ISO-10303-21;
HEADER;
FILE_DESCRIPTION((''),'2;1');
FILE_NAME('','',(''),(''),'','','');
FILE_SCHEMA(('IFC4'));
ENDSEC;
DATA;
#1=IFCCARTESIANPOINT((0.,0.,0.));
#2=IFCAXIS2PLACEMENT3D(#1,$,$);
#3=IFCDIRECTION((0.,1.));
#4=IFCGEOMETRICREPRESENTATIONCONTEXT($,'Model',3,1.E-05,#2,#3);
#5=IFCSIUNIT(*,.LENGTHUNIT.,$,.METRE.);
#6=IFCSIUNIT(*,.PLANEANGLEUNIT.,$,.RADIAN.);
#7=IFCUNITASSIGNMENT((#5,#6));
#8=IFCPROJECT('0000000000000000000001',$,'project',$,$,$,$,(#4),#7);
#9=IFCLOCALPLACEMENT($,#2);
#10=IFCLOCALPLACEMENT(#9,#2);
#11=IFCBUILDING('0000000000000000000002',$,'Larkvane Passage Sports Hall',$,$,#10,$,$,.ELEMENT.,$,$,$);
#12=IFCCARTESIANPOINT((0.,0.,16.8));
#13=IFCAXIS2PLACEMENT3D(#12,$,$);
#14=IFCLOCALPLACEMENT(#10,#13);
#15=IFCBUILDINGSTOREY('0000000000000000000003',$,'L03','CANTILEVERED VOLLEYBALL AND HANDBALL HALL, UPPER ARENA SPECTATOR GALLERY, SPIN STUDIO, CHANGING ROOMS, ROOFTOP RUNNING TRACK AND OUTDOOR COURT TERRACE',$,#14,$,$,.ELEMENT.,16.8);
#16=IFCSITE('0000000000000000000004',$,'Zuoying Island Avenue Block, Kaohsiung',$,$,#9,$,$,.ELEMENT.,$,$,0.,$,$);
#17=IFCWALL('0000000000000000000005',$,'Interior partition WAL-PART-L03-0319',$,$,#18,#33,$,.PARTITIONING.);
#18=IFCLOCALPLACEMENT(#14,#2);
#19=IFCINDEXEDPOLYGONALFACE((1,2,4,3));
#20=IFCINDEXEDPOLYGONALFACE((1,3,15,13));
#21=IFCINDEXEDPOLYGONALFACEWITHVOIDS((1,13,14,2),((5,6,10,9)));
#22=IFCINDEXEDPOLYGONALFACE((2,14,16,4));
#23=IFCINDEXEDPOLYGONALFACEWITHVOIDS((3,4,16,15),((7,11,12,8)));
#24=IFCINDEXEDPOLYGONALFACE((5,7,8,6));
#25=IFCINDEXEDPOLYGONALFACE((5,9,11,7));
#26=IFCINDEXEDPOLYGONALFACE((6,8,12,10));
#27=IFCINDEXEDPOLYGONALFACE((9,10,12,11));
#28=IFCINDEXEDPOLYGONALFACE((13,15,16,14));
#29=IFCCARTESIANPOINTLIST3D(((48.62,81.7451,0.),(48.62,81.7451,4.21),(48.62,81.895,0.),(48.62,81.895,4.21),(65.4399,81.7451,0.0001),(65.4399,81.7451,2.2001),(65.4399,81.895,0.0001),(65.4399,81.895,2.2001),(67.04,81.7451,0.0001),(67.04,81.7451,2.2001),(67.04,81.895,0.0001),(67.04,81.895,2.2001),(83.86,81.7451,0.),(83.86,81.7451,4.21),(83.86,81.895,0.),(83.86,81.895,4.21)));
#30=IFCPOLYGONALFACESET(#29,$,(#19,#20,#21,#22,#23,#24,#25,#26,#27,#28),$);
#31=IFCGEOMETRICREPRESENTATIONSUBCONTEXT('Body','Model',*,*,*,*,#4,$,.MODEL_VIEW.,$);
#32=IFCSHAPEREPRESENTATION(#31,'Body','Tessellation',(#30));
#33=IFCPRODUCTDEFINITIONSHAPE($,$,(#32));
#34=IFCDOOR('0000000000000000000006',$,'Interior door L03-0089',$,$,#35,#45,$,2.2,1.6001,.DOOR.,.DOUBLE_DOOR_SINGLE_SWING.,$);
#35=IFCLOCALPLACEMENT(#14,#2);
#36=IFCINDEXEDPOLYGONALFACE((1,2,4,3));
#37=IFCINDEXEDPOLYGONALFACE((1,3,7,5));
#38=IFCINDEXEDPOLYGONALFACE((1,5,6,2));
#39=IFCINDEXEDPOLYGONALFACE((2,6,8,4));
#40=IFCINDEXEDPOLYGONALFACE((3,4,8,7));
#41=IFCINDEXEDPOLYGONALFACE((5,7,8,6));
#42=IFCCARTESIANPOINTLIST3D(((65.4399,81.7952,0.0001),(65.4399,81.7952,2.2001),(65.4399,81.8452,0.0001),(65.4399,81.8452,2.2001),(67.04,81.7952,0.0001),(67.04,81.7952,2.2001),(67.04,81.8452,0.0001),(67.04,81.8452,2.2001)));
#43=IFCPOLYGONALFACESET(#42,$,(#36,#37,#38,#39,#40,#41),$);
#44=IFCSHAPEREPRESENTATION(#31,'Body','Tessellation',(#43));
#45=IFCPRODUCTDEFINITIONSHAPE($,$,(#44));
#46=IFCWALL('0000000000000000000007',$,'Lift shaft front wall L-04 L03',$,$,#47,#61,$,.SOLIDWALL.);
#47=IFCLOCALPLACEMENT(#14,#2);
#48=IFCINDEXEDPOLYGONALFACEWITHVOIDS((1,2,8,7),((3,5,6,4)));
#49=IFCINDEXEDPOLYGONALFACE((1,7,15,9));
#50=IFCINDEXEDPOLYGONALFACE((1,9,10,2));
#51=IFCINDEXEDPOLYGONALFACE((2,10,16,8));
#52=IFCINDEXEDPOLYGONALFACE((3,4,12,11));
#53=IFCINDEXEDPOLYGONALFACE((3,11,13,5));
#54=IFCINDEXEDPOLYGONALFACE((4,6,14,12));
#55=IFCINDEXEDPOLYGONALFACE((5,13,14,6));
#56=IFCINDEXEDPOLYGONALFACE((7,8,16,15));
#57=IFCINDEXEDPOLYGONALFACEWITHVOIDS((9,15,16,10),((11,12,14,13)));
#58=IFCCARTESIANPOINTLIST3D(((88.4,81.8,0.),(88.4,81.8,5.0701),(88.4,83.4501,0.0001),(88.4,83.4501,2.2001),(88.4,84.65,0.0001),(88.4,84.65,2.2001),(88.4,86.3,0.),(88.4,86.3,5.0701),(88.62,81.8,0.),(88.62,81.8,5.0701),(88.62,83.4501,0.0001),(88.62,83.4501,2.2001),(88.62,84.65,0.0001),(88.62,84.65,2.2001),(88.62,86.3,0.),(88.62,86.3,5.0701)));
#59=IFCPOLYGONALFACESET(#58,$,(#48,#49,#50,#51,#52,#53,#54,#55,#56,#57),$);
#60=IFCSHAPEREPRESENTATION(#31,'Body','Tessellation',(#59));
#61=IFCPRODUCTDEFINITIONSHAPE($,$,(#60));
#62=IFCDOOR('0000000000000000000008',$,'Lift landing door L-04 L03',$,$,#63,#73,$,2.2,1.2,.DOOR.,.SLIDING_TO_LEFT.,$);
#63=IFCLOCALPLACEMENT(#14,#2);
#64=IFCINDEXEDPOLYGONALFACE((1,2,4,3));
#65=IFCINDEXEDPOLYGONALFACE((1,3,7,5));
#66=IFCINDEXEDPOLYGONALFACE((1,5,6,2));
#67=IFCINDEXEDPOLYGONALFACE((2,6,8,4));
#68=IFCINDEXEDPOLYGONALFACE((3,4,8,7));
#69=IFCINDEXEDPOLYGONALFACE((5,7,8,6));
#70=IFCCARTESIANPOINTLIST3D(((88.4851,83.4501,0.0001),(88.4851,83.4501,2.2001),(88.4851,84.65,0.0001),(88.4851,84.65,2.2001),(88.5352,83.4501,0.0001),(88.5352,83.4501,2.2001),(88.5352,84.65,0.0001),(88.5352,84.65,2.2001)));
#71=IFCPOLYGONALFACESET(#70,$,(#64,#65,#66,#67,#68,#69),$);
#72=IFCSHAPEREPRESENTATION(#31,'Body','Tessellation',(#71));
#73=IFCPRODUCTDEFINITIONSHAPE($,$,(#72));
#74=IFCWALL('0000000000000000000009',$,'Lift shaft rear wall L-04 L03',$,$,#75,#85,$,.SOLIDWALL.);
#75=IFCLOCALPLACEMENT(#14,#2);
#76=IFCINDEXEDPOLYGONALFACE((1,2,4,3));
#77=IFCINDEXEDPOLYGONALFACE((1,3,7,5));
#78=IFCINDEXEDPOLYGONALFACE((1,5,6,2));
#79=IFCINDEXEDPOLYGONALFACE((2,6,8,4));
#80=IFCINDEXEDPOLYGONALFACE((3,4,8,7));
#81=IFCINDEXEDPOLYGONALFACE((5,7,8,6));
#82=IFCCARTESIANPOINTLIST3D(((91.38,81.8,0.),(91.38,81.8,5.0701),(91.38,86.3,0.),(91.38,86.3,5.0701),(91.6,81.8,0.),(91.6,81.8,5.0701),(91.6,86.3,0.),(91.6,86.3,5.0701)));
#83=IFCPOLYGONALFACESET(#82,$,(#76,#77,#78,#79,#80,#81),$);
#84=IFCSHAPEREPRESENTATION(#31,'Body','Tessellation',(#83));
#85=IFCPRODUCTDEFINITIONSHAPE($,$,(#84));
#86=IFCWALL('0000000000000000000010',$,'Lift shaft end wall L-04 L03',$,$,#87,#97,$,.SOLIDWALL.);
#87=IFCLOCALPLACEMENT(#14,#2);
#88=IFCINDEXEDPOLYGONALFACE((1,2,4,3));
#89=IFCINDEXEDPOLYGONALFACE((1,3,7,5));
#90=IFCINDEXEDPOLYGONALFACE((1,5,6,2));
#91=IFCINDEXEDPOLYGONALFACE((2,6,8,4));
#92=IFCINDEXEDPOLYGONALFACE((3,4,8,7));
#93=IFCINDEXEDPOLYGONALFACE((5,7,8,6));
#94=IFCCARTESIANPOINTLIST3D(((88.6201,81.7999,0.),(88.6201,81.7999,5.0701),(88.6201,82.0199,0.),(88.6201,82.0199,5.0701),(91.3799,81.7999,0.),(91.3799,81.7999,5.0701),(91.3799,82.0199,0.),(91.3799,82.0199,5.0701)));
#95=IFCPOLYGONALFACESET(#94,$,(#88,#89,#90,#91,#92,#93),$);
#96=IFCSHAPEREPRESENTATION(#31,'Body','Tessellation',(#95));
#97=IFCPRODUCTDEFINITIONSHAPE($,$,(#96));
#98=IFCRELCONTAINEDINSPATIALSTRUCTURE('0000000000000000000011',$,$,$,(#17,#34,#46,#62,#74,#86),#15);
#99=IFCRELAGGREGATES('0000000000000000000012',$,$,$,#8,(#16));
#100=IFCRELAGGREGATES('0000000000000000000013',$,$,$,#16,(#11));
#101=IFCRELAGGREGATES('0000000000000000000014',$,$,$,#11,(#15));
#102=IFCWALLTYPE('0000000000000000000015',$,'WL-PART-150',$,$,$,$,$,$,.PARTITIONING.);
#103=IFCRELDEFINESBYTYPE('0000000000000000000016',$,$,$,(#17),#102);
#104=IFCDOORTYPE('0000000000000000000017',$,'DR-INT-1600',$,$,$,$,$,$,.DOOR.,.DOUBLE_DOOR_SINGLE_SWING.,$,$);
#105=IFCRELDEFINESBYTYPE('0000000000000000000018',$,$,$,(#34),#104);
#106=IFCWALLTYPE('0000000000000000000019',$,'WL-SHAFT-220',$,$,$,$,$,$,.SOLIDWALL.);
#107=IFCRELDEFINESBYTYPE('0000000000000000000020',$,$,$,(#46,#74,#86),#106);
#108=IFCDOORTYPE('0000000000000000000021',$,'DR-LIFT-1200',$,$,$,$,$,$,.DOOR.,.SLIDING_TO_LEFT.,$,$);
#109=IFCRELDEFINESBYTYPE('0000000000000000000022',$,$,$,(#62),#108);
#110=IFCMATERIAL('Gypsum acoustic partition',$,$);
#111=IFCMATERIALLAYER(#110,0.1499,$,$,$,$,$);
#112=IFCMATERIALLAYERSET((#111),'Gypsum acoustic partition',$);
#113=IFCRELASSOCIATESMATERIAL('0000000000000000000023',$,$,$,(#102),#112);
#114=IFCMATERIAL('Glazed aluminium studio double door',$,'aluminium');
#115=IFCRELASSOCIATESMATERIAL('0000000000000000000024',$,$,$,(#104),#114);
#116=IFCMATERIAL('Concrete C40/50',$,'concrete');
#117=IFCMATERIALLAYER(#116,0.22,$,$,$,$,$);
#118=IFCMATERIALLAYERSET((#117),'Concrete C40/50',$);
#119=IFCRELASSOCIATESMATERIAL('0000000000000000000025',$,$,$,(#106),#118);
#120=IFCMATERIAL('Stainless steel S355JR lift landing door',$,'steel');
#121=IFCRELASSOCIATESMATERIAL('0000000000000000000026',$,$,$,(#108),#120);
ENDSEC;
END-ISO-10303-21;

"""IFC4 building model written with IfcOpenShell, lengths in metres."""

from ifc_helpers import new_model, si_unit, direction, frame, frame_2d, origin, place, context, subcontext, project, spatial, rectangle, extrude, material, layer, layer_set, type_object, element, fill, save


model = new_model("IFC4")

# Units and contexts
model_context = context("Model", 3, precision=1e-05, world=origin(), true_north=direction((0.0, 1.0)))
body_context = subcontext(model_context, "Body", "Model", "MODEL_VIEW")
ifc_project = project(units=[si_unit("LENGTHUNIT", "METRE"), si_unit("PLANEANGLEUNIT", "RADIAN")], contexts=[model_context])

# Site, building, storey
site_placement = place(None, origin())
site = spatial("IfcSite", under=ifc_project, at=site_placement, Name="Zuoying Island Avenue Block, Kaohsiung", CompositionType="ELEMENT", RefElevation=0.0)
building_placement = place(site_placement, origin())
building = spatial("IfcBuilding", under=site, at=building_placement, Name="Larkvane Passage Sports Hall", CompositionType="ELEMENT")
storey_placement = place(building_placement, frame((0.0, 0.0, 16.8)))
storey = spatial("IfcBuildingStorey", under=building, at=storey_placement, Name="L03", Description="CANTILEVERED VOLLEYBALL AND HANDBALL HALL, UPPER ARENA SPECTATOR GALLERY, SPIN STUDIO, CHANGING ROOMS, ROOFTOP RUNNING TRACK AND OUTDOOR COURT TERRACE", CompositionType="ELEMENT", Elevation=16.8)

# Shared definitions
ifc_material_1 = material(Name="Concrete C40/50", Category="concrete")

# Walls, openings, doors
ifc_material_2 = material(Name="Gypsum acoustic partition")
ifc_layer_1 = layer(ifc_material_2, 0.1499)
ifc_layer_set_1 = layer_set([ifc_layer_1], Name="Gypsum acoustic partition")
wall_type_1 = type_object("IfcWallType", Name="WL-PART-150", PredefinedType="PARTITIONING", material=ifc_layer_set_1)
wall_1_placement = place(storey_placement, frame((83.8601, 81.8201, 0.0), z_axis=(0.0, 0.0, 1.0), x_axis=(-1.0, 0.0, 0.0)))
wall_1 = element("IfcWall", 1, at=wall_1_placement, inside=storey, type_object=wall_type_1, Name="Interior partition WAL-PART-L03-0319", PredefinedType="PARTITIONING", context=body_context, shape_type="SweptSolid", body=[
    extrude(rectangle(XDim=35.24, YDim=0.1499, at=frame_2d((17.6201, 0.0))), origin(), (0.0, 0.0, 1.0), 4.21),
])
opening_1_placement = place(wall_1_placement, frame((16.8201, 0.0, 0.0)))
opening_1 = element("IfcOpeningElement", 2, at=opening_1_placement, cuts=wall_1, PredefinedType="OPENING", context=body_context, shape_type="SweptSolid", body=[
    extrude(rectangle(XDim=1.6001, YDim=2.2, at=frame_2d((0.8, 1.1001))), frame((0.0, 0.085, 0.0), z_axis=(0.0, -1.0, 0.0), x_axis=(1.0, 0.0, 0.0)), (0.0, 0.0, 1.0), 0.1699),
])
ifc_material_3 = material(Name="Glazed aluminium studio double door", Category="aluminium")
door_type_1 = type_object("IfcDoorType", Name="DR-INT-1600", OperationType="DOUBLE_DOOR_SINGLE_SWING", PredefinedType="DOOR", material=ifc_material_3)
door_1_placement = place(opening_1_placement, origin())
door_1 = element("IfcDoor", 3, at=door_1_placement, inside=storey, type_object=door_type_1, Name="Interior door L03-0089", OperationType="DOUBLE_DOOR_SINGLE_SWING", OverallHeight=2.2, OverallWidth=1.6001, PredefinedType="DOOR", context=body_context, shape_type="SweptSolid", body=[
    extrude(rectangle(XDim=1.6001, YDim=2.2, at=frame_2d((0.8, 1.1001))), frame((0.0, 0.0249, 0.0), z_axis=(0.0, -1.0, 0.0), x_axis=(1.0, 0.0, 0.0)), (0.0, 0.0, 1.0), 0.05),
])
fill(opening_1, door_1)
ifc_layer_2 = layer(ifc_material_1, 0.22)
ifc_layer_set_2 = layer_set([ifc_layer_2], Name="Concrete C40/50")
wall_type_2 = type_object("IfcWallType", Name="WL-SHAFT-220", PredefinedType="SOLIDWALL", material=ifc_layer_set_2)
wall_2_placement = place(storey_placement, frame((88.51, 81.8, 0.0), z_axis=(0.0, 0.0, 1.0), x_axis=(0.0, 1.0, 0.0)))
wall_2 = element("IfcWall", 4, at=wall_2_placement, inside=storey, type_object=wall_type_2, Name="Lift shaft front wall L-04 L03", PredefinedType="SOLIDWALL", context=body_context, shape_type="SweptSolid", body=[
    extrude(rectangle(XDim=4.5, YDim=0.22, at=frame_2d((2.25, 0.0))), origin(), (0.0, 0.0, 1.0), 5.0701),
])
opening_2_placement = place(wall_2_placement, frame((1.6499, 0.0, 0.0)))
opening_2 = element("IfcOpeningElement", 5, at=opening_2_placement, cuts=wall_2, PredefinedType="OPENING", context=body_context, shape_type="SweptSolid", body=[
    extrude(rectangle(XDim=1.2, YDim=2.2, at=frame_2d((0.6001, 1.1001))), frame((0.0, 0.1199, 0.0), z_axis=(0.0, -1.0, 0.0), x_axis=(1.0, 0.0, 0.0)), (0.0, 0.0, 1.0), 0.24),
])
ifc_material_4 = material(Name="Stainless steel S355JR lift landing door", Category="steel")
door_type_2 = type_object("IfcDoorType", Name="DR-LIFT-1200", OperationType="SLIDING_TO_LEFT", PredefinedType="DOOR", material=ifc_material_4)
door_2_placement = place(opening_2_placement, origin())
door_2 = element("IfcDoor", 6, at=door_2_placement, inside=storey, type_object=door_type_2, Name="Lift landing door L-04 L03", OperationType="SLIDING_TO_LEFT", OverallHeight=2.2, OverallWidth=1.2, PredefinedType="DOOR", context=body_context, shape_type="SweptSolid", body=[
    extrude(rectangle(XDim=1.2, YDim=2.2, at=frame_2d((0.6001, 1.1001))), frame((0.0, 0.0249, 0.0), z_axis=(0.0, -1.0, 0.0), x_axis=(1.0, 0.0, 0.0)), (0.0, 0.0, 1.0), 0.05),
])
fill(opening_2, door_2)

# Walls
wall_3_placement = place(storey_placement, frame((91.49, 81.8, 0.0), z_axis=(0.0, 0.0, 1.0), x_axis=(0.0, 1.0, 0.0)))
element("IfcWall", 7, at=wall_3_placement, inside=storey, type_object=wall_type_2, Name="Lift shaft rear wall L-04 L03", PredefinedType="SOLIDWALL", context=body_context, shape_type="SweptSolid", body=[
    extrude(rectangle(XDim=4.5, YDim=0.22, at=frame_2d((2.25, 0.0))), origin(), (0.0, 0.0, 1.0), 5.0701),
])
wall_4_placement = place(storey_placement, frame((88.6201, 81.9099, 0.0), z_axis=(0.0, 0.0, 1.0), x_axis=(1.0, 0.0, 0.0)))
element("IfcWall", 8, at=wall_4_placement, inside=storey, type_object=wall_type_2, Name="Lift shaft end wall L-04 L03", PredefinedType="SOLIDWALL", context=body_context, shape_type="SweptSolid", body=[
    extrude(rectangle(XDim=2.7598, YDim=0.22, at=frame_2d((1.3799, 0.0))), origin(), (0.0, 0.0, 1.0), 5.0701),
])

save(model, "model.ifc")
